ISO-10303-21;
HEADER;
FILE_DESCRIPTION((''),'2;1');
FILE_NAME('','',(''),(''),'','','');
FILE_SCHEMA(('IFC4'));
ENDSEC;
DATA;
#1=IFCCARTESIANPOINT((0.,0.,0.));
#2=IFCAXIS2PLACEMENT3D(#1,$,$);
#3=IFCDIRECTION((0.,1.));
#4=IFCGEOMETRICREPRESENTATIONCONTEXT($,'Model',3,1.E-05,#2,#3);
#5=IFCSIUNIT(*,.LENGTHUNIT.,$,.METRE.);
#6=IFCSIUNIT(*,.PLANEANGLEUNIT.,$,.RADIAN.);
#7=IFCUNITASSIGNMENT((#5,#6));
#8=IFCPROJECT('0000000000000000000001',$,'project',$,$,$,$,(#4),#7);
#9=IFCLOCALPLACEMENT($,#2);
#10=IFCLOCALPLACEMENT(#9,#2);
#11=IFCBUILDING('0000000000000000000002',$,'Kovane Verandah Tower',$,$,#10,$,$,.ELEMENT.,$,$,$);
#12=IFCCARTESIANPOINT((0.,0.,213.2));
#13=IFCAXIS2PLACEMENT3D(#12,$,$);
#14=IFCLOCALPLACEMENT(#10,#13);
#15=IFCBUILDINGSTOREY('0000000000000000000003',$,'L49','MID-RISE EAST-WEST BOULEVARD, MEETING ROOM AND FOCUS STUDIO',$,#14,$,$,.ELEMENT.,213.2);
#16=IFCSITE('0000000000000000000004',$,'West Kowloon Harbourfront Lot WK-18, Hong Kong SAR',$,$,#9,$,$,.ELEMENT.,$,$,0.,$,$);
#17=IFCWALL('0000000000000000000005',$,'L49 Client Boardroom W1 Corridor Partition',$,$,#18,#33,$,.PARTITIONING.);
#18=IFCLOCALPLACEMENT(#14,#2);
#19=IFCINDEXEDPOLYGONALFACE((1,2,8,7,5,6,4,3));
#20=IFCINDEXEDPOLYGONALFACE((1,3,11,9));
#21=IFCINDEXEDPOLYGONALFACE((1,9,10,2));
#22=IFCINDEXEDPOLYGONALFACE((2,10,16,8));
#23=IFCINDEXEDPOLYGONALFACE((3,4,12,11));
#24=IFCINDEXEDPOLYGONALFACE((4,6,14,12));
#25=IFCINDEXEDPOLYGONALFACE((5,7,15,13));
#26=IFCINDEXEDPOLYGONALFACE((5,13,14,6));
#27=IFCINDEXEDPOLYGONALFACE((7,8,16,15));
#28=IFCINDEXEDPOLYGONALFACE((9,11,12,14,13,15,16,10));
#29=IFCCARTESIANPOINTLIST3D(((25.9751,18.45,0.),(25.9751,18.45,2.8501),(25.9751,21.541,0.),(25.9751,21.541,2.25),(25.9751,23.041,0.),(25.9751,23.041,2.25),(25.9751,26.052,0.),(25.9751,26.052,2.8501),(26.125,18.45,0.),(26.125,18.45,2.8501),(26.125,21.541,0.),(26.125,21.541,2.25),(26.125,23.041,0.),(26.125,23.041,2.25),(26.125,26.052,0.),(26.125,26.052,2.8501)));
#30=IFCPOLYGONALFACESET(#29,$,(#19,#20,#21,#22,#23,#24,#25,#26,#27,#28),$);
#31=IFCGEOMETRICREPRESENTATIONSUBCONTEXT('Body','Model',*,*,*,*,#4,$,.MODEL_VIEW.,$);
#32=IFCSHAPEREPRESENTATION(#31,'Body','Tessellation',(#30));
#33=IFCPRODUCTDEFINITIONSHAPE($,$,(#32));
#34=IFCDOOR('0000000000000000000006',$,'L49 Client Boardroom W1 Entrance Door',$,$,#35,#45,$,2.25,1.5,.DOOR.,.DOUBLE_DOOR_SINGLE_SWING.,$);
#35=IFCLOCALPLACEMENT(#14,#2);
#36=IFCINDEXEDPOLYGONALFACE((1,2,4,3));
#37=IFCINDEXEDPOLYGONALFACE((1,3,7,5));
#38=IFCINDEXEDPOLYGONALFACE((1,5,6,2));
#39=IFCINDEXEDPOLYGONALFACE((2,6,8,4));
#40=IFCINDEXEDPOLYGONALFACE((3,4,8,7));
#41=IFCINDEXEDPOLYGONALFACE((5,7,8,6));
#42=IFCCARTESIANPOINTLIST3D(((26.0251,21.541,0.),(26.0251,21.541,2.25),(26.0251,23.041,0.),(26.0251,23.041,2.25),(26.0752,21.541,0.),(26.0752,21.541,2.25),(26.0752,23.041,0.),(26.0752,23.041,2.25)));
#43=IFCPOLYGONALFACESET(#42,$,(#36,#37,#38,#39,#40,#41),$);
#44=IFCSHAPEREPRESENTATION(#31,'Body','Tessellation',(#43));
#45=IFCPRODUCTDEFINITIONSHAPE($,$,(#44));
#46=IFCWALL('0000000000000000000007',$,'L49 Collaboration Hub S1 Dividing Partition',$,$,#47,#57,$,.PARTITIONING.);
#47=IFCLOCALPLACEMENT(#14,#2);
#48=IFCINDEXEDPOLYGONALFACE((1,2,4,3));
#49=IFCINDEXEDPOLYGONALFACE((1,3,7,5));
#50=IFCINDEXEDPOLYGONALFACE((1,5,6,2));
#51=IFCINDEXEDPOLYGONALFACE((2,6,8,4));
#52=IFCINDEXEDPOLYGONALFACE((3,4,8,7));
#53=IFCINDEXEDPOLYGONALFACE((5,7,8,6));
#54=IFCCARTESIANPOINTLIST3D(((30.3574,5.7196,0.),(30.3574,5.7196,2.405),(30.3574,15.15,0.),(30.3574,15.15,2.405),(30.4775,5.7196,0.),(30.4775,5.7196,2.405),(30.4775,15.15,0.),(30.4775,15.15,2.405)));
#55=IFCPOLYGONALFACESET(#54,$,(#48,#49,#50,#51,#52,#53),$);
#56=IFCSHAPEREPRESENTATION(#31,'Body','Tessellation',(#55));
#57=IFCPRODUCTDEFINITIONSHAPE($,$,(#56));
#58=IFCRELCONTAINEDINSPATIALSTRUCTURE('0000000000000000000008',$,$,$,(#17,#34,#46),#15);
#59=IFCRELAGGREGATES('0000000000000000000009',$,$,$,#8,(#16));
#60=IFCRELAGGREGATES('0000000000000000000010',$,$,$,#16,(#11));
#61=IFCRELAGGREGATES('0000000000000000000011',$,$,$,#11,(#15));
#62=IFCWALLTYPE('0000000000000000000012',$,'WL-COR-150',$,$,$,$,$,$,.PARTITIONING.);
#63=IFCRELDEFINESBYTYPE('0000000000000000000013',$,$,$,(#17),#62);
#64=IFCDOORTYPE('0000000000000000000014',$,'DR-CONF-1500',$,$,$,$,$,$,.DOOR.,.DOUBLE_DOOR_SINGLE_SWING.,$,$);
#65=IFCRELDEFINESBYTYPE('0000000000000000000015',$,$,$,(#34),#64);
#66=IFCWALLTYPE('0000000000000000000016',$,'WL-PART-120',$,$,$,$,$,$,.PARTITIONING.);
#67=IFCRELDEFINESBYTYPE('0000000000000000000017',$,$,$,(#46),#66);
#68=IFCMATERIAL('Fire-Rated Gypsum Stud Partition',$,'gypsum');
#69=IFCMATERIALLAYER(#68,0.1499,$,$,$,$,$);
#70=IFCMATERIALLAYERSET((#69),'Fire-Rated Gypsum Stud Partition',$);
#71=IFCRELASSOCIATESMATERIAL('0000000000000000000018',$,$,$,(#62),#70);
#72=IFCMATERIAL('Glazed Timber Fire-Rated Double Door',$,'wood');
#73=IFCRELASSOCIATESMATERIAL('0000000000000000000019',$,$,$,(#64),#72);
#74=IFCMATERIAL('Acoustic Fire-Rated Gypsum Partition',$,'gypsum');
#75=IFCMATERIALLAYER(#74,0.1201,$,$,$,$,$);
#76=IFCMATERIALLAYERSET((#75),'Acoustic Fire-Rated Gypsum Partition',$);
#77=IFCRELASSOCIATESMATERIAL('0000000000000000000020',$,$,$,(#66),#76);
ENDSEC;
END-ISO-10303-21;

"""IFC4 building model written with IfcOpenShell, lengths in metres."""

from ifc_helpers import new_model, si_unit, direction, frame, frame_2d, origin, place, context, subcontext, project, spatial, rectangle, extrude, material, layer, layer_set, type_object, element, fill, save


model = new_model("IFC4")

# Units and contexts
model_context = context("Model", 3, precision=1e-05, world=origin(), true_north=direction((0.0, 1.0)))
body_context = subcontext(model_context, "Body", "Model", "MODEL_VIEW")
ifc_project = project(units=[si_unit("LENGTHUNIT", "METRE"), si_unit("PLANEANGLEUNIT", "RADIAN")], contexts=[model_context])

# Site, building, storey
site_placement = place(None, origin())
site = spatial("IfcSite", under=ifc_project, at=site_placement, Name="West Kowloon Harbourfront Lot WK-18, Hong Kong SAR", CompositionType="ELEMENT", RefElevation=0.0)
building_placement = place(site_placement, origin())
building = spatial("IfcBuilding", under=site, at=building_placement, Name="Kovane Verandah Tower", CompositionType="ELEMENT")
storey_placement = place(building_placement, frame((0.0, 0.0, 213.2)))
storey = spatial("IfcBuildingStorey", under=building, at=storey_placement, Name="L49", Description="MID-RISE EAST-WEST BOULEVARD, MEETING ROOM AND FOCUS STUDIO", CompositionType="ELEMENT", Elevation=213.2)

# Wall, opening, door
ifc_material_1 = material(Name="Fire-Rated Gypsum Stud Partition", Category="gypsum")
ifc_layer_1 = layer(ifc_material_1, 0.1499)
ifc_layer_set_1 = layer_set([ifc_layer_1], Name="Fire-Rated Gypsum Stud Partition")
wall_type_1 = type_object("IfcWallType", Name="WL-COR-150", PredefinedType="PARTITIONING", material=ifc_layer_set_1)
wall_1_placement = place(storey_placement, frame((26.05, 18.45, 0.0), z_axis=(0.0, 0.0, 1.0), x_axis=(0.0, 1.0, 0.0)))
wall_1 = element("IfcWall", 1, at=wall_1_placement, inside=storey, type_object=wall_type_1, Name="L49 Client Boardroom W1 Corridor Partition", PredefinedType="PARTITIONING", context=body_context, shape_type="SweptSolid", body=[
    extrude(rectangle(XDim=7.6021, YDim=0.1499, at=frame_2d((3.801, 0.0))), origin(), (0.0, 0.0, 1.0), 2.8501),
])
opening_1_placement = place(wall_1_placement, frame((3.0911, 0.0, 0.0)))
opening_1 = element("IfcOpeningElement", 2, at=opening_1_placement, cuts=wall_1, PredefinedType="OPENING", context=body_context, shape_type="SweptSolid", body=[
    extrude(rectangle(XDim=1.5, YDim=2.25, at=frame_2d((0.75, 1.125))), frame((0.0, 0.075, 0.0), z_axis=(0.0, -1.0, 0.0), x_axis=(1.0, 0.0, 0.0)), (0.0, 0.0, 1.0), 0.1499),
])
ifc_material_2 = material(Name="Glazed Timber Fire-Rated Double Door", Category="wood")
door_type_1 = type_object("IfcDoorType", Name="DR-CONF-1500", OperationType="DOUBLE_DOOR_SINGLE_SWING", PredefinedType="DOOR", material=ifc_material_2)
door_1_placement = place(opening_1_placement, origin())
door_1 = element("IfcDoor", 3, at=door_1_placement, inside=storey, type_object=door_type_1, Name="L49 Client Boardroom W1 Entrance Door", OperationType="DOUBLE_DOOR_SINGLE_SWING", OverallHeight=2.25, OverallWidth=1.5, PredefinedType="DOOR", context=body_context, shape_type="SweptSolid", body=[
    extrude(rectangle(XDim=1.5, YDim=2.25, at=frame_2d((0.75, 1.125))), frame((0.0, 0.0249, 0.0), z_axis=(0.0, -1.0, 0.0), x_axis=(1.0, 0.0, 0.0)), (0.0, 0.0, 1.0), 0.05),
])
fill(opening_1, door_1)

# Wall
ifc_material_3 = material(Name="Acoustic Fire-Rated Gypsum Partition", Category="gypsum")
ifc_layer_2 = layer(ifc_material_3, 0.1201)
ifc_layer_set_2 = layer_set([ifc_layer_2], Name="Acoustic Fire-Rated Gypsum Partition")
wall_type_2 = type_object("IfcWallType", Name="WL-PART-120", PredefinedType="PARTITIONING", material=ifc_layer_set_2)
wall_2_placement = place(storey_placement, frame((30.4175, 5.7195, 0.0), z_axis=(0.0, 0.0, 1.0), x_axis=(0.0, 1.0, 0.0)))
element("IfcWall", 4, at=wall_2_placement, inside=storey, type_object=wall_type_2, Name="L49 Collaboration Hub S1 Dividing Partition", PredefinedType="PARTITIONING", context=body_context, shape_type="SweptSolid", body=[
    extrude(rectangle(XDim=9.4304, YDim=0.1201, at=frame_2d((4.7153, 0.0))), origin(), (0.0, 0.0, 1.0), 2.405),
])

save(model, "model.ifc")
